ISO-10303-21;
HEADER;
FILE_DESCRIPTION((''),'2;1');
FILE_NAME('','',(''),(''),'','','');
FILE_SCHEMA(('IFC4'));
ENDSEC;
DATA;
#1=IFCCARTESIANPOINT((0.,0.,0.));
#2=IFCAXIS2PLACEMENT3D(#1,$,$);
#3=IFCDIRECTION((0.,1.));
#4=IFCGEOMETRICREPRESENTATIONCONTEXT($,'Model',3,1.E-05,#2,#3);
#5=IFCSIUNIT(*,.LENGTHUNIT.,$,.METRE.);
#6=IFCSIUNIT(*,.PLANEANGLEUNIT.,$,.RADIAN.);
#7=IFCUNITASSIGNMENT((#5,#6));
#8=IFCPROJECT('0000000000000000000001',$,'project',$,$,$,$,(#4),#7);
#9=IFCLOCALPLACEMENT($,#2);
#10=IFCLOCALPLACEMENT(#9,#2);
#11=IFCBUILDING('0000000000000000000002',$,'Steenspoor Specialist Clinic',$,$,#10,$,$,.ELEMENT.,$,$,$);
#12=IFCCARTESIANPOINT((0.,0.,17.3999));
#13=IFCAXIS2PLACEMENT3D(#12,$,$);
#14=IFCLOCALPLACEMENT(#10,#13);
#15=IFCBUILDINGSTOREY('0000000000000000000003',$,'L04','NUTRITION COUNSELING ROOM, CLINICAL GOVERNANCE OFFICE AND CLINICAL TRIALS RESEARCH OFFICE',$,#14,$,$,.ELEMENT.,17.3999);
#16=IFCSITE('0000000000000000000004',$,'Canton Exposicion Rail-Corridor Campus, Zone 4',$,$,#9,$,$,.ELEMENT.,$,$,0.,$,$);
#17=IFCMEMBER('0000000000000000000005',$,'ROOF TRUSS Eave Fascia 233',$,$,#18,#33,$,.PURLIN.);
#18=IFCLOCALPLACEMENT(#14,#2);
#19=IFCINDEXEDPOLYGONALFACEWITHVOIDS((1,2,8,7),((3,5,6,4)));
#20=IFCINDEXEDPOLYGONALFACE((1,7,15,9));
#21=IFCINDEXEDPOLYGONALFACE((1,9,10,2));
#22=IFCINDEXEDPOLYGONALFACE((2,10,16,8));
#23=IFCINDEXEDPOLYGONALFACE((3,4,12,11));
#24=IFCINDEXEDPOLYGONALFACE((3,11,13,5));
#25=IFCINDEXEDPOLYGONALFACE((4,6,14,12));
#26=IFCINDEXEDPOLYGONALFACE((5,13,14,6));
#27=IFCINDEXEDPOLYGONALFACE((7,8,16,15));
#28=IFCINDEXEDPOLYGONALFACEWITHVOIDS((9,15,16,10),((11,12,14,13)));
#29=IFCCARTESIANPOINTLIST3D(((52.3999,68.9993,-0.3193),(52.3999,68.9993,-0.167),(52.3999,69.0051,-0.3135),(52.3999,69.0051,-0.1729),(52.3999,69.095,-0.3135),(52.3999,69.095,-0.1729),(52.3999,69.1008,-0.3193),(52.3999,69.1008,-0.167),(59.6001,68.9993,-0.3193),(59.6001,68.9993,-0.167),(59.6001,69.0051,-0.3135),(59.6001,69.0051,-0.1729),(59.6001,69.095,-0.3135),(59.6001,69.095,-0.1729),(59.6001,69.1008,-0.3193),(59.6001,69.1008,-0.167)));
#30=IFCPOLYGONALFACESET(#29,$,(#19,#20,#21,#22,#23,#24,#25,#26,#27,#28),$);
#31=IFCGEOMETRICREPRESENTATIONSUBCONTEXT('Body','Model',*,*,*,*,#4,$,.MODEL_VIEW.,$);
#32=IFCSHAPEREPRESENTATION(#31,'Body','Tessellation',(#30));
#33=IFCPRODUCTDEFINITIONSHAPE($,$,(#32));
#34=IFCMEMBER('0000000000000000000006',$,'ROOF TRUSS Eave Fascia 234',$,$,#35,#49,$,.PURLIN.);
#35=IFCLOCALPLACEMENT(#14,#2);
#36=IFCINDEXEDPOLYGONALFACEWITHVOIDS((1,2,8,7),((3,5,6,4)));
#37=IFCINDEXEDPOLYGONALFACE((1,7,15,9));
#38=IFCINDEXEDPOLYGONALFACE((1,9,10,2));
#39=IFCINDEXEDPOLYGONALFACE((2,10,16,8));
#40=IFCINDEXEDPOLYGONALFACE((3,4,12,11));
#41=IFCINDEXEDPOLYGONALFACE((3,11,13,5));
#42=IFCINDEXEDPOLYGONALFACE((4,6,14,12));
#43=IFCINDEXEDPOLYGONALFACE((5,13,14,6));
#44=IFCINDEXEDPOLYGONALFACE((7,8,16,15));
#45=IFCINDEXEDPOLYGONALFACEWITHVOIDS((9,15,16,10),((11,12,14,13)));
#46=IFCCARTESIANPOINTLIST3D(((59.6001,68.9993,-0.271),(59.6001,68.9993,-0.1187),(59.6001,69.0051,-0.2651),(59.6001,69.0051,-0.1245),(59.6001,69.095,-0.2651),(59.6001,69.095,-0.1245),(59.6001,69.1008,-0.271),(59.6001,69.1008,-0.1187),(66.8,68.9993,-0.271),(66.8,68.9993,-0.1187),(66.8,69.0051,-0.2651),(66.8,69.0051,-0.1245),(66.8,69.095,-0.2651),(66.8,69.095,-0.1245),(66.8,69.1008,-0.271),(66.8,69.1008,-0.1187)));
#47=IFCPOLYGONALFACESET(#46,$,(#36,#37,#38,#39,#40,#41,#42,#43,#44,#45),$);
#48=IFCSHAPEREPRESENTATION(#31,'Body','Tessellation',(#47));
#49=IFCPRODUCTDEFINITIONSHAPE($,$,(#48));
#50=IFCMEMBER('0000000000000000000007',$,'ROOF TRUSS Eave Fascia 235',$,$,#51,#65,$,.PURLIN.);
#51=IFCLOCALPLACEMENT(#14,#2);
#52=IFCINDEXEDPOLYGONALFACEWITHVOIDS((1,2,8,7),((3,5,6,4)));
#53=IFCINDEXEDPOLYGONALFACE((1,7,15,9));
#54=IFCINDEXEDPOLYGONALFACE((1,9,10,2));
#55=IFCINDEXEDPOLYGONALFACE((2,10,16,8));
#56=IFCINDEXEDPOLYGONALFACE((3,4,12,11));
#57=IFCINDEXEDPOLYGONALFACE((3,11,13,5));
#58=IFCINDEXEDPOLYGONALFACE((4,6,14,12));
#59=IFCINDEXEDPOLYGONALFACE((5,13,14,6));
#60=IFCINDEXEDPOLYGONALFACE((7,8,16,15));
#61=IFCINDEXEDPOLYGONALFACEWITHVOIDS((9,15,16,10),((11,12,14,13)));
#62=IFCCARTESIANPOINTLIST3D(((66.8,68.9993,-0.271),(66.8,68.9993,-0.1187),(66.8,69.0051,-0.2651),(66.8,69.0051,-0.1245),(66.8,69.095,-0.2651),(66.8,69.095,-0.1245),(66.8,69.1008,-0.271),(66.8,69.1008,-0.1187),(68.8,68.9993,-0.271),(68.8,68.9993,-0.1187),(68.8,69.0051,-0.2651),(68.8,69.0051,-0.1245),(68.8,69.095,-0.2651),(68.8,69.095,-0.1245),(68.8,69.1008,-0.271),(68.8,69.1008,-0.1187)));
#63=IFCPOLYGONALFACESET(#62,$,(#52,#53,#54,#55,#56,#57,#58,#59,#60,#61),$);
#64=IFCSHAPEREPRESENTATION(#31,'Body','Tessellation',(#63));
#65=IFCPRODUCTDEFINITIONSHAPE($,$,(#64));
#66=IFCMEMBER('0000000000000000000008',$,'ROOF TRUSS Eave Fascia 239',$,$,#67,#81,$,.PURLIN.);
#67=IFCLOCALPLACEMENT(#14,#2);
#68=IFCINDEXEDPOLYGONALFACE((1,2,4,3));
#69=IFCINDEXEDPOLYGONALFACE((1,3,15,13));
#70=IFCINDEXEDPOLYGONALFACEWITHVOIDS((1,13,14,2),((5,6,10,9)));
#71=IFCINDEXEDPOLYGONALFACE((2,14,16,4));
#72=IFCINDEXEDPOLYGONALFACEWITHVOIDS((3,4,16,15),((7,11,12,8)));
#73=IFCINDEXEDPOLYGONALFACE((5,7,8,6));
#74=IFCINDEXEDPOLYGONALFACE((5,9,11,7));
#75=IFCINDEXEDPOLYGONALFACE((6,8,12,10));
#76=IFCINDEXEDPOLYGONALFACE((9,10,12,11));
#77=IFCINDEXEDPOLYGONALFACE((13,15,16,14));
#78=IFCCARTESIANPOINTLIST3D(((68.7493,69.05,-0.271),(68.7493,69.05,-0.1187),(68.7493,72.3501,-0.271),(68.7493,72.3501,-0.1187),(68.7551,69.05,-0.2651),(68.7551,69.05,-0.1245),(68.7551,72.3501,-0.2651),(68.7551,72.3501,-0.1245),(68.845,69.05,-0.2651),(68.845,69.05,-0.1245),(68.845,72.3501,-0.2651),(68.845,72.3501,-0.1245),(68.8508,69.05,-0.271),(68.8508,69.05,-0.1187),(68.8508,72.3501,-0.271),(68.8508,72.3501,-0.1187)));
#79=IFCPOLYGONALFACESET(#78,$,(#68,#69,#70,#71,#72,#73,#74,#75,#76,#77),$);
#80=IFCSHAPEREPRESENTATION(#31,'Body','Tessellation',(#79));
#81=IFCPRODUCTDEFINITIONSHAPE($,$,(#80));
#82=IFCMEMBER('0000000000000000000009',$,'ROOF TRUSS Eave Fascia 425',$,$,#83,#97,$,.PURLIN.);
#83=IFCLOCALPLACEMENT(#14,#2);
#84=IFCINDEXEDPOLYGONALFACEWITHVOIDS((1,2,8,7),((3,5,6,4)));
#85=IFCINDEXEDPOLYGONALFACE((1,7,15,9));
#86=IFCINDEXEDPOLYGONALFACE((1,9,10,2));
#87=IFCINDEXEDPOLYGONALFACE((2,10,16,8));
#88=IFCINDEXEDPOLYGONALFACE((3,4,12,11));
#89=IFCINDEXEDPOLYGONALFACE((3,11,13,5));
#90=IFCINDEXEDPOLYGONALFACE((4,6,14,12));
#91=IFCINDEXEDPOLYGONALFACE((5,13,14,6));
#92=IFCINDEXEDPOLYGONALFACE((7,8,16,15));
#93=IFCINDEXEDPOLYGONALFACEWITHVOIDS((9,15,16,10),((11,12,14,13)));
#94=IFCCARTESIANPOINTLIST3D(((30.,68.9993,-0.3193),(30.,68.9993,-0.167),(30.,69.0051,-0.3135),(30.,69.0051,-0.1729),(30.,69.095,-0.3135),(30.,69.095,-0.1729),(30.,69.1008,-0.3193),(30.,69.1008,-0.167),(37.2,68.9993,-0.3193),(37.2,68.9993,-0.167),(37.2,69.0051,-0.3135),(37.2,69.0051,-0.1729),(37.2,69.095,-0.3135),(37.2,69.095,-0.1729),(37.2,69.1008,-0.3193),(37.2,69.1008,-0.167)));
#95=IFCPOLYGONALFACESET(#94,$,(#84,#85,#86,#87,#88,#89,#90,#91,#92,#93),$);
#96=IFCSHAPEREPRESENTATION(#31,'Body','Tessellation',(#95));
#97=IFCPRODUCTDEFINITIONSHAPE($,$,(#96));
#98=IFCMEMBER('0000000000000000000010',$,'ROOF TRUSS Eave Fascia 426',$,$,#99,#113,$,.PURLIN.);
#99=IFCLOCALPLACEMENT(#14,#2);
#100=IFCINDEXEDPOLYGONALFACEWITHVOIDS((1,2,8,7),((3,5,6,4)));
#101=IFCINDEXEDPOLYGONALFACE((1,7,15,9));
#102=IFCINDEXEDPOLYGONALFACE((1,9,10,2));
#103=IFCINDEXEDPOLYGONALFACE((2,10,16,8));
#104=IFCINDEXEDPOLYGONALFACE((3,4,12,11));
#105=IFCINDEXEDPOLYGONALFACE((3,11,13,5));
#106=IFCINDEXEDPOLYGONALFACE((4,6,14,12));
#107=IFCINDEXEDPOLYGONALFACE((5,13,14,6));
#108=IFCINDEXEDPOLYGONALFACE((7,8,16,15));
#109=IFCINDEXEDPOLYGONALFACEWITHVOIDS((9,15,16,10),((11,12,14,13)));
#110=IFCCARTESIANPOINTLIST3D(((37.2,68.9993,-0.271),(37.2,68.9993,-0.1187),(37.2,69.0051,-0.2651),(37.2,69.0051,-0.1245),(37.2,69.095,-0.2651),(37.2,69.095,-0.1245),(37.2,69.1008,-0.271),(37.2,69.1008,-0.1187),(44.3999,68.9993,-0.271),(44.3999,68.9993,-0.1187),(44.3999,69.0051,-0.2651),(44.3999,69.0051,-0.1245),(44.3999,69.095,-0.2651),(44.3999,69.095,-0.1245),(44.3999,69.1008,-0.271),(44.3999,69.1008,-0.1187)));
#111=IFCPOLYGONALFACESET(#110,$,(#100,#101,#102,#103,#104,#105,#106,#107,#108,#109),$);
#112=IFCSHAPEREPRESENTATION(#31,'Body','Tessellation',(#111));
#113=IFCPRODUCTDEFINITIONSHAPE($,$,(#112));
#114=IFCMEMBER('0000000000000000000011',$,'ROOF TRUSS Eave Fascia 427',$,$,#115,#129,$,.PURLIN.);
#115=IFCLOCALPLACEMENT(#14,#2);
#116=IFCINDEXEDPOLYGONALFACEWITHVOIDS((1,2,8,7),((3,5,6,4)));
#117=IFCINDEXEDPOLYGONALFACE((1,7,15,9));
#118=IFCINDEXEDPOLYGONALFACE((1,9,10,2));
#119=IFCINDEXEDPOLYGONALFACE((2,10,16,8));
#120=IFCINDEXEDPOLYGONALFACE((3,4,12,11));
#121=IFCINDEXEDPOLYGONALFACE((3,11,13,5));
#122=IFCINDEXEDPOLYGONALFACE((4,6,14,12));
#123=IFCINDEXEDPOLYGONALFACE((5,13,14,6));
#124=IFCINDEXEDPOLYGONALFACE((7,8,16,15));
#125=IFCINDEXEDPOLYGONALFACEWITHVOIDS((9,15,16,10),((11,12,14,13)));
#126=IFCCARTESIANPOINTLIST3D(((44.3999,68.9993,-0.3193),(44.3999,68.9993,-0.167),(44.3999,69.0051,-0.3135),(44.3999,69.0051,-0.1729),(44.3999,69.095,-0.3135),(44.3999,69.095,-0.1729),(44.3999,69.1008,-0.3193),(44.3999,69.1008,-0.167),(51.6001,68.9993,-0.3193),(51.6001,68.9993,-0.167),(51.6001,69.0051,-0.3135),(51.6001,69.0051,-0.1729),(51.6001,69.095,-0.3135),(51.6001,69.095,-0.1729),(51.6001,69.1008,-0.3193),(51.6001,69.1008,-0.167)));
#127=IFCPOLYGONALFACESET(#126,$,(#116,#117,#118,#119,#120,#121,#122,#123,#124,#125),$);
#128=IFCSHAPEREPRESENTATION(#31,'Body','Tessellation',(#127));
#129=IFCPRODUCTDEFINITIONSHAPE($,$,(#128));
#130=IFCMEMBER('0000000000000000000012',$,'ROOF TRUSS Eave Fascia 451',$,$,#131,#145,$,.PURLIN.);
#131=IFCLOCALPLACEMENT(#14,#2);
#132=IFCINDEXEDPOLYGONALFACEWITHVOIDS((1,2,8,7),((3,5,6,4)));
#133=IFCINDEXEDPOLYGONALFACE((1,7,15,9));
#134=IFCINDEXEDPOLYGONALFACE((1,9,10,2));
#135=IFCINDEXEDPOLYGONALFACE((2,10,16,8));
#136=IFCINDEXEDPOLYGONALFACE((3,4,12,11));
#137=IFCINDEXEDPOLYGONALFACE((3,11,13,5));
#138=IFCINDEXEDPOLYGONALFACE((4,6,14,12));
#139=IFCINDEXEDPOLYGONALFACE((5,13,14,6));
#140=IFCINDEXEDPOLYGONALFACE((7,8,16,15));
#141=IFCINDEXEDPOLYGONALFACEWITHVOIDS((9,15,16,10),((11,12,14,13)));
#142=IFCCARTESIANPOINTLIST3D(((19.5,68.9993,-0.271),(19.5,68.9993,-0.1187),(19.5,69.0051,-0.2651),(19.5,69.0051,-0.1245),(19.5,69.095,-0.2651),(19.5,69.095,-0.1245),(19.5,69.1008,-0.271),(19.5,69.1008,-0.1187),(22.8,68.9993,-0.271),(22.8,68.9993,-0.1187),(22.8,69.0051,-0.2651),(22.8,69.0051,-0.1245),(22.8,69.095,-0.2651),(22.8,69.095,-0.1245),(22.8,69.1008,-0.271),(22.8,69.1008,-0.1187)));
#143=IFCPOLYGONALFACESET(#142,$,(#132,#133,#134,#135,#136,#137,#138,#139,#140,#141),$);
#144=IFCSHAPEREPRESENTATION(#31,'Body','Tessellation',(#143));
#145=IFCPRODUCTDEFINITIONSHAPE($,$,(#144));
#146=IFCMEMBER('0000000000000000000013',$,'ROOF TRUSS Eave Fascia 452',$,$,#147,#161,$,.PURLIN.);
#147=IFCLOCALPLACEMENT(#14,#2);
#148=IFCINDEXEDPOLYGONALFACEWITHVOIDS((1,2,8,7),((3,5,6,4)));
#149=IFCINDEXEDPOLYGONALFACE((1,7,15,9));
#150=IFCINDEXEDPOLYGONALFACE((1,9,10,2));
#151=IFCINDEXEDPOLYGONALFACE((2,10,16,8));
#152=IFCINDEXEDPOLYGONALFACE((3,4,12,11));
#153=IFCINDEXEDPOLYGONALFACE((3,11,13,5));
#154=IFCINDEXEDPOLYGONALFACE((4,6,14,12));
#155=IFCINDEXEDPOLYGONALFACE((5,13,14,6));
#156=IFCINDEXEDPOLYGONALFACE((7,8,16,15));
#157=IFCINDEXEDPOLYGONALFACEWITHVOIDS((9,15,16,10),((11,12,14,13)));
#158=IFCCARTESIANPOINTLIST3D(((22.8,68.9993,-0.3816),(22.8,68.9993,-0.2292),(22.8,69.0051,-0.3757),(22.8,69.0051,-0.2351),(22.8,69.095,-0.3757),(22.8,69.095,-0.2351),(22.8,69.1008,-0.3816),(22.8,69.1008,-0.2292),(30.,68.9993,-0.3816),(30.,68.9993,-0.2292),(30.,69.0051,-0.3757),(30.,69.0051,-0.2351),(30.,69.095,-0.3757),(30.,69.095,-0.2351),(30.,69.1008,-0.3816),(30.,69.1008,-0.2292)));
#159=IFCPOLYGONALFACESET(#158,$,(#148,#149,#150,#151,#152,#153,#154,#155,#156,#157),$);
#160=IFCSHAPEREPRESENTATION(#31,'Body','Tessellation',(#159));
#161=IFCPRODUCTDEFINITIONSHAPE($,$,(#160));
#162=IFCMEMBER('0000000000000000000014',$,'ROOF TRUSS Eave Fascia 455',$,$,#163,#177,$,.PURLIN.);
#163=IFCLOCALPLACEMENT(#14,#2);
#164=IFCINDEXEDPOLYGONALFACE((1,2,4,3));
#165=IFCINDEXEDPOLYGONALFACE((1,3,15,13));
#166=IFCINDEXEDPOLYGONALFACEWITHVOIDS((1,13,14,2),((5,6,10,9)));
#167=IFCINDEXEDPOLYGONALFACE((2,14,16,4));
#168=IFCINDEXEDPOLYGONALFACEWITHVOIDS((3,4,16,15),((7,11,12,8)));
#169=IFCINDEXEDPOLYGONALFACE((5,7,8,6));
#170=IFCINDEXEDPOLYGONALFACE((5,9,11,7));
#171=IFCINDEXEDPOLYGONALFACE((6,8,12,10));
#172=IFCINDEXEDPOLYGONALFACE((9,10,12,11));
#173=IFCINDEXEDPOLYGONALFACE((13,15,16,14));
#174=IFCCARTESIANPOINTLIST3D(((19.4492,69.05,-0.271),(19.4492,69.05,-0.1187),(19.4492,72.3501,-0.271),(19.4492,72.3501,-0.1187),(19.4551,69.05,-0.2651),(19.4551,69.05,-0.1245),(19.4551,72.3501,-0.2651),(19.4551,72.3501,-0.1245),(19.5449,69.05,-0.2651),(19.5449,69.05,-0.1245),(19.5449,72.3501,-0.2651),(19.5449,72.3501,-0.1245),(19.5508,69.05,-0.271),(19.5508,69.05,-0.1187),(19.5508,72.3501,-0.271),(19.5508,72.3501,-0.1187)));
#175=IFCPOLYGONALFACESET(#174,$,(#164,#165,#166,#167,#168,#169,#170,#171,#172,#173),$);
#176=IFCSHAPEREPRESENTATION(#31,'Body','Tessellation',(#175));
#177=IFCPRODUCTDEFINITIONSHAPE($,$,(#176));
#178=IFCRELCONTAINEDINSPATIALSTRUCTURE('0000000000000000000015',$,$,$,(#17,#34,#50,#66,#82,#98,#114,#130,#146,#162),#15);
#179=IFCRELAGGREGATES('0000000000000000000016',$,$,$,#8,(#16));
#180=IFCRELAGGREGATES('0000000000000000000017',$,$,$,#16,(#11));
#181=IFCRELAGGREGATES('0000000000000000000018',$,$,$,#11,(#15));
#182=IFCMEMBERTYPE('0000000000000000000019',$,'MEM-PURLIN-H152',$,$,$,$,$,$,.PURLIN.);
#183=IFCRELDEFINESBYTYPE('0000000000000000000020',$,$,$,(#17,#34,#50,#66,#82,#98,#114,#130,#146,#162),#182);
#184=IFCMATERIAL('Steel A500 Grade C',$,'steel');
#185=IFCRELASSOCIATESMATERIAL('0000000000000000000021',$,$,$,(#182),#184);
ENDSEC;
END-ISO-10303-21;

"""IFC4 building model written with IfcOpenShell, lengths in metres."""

from ifc_helpers import new_model, si_unit, direction, frame, origin, origin_2d, place, context, subcontext, project, spatial, hollow_rectangle, extrude, material, material_profile, profile_set, type_object, element, save


model = new_model("IFC4")

# Units and contexts
model_context = context("Model", 3, precision=1e-05, world=origin(), true_north=direction((0.0, 1.0)))
body_context = subcontext(model_context, "Body", "Model", "MODEL_VIEW")
ifc_project = project(units=[si_unit("LENGTHUNIT", "METRE"), si_unit("PLANEANGLEUNIT", "RADIAN")], contexts=[model_context])

# Site, building, storey
site_placement = place(None, origin())
site = spatial("IfcSite", under=ifc_project, at=site_placement, Name="Canton Exposicion Rail-Corridor Campus, Zone 4", CompositionType="ELEMENT", RefElevation=0.0)
building_placement = place(site_placement, origin())
building = spatial("IfcBuilding", under=site, at=building_placement, Name="Steenspoor Specialist Clinic", CompositionType="ELEMENT")
storey_placement = place(building_placement, frame((0.0, 0.0, 17.3999)))
storey = spatial("IfcBuildingStorey", under=building, at=storey_placement, Name="L04", Description="NUTRITION COUNSELING ROOM, CLINICAL GOVERNANCE OFFICE AND CLINICAL TRIALS RESEARCH OFFICE", CompositionType="ELEMENT", Elevation=17.3999)

# Members
ifc_material_1 = material(Name="Steel A500 Grade C", Category="steel")
ifc_material_profile = material_profile(ifc_material_1, hollow_rectangle(XDim=0.1016, YDim=0.1523, WallThickness=0.0059, at=origin_2d()), Name="HSS152X102X6.4")
ifc_profile_set = profile_set([ifc_material_profile], Name="Steel A500 Grade C")
member_type = type_object("IfcMemberType", Name="MEM-PURLIN-H152", PredefinedType="PURLIN", material=ifc_profile_set)
member_1_placement = place(storey_placement, frame((52.3999, 69.05, -0.2432), z_axis=(1.0, 0.0, 0.0), x_axis=(0.0, 1.0, 0.0)))
element("IfcMember", 1, at=member_1_placement, inside=storey, type_object=member_type, Name="ROOF TRUSS Eave Fascia 233", PredefinedType="PURLIN", context=body_context, shape_type="SweptSolid", body=[
    extrude(hollow_rectangle(XDim=0.1016, YDim=0.1523, WallThickness=0.0059, at=origin_2d()), origin(), (0.0, 0.0, 1.0), 7.2002),
])
member_2_placement = place(storey_placement, frame((59.6001, 69.05, -0.1948), z_axis=(1.0, 0.0, 0.0), x_axis=(0.0, 1.0, 0.0)))
element("IfcMember", 2, at=member_2_placement, inside=storey, type_object=member_type, Name="ROOF TRUSS Eave Fascia 234", PredefinedType="PURLIN", context=body_context, shape_type="SweptSolid", body=[
    extrude(hollow_rectangle(XDim=0.1016, YDim=0.1523, WallThickness=0.0059, at=origin_2d()), origin(), (0.0, 0.0, 1.0), 7.2),
])
member_3_placement = place(storey_placement, frame((66.8, 69.05, -0.1948), z_axis=(1.0, 0.0, 0.0), x_axis=(0.0, 1.0, 0.0)))
element("IfcMember", 3, at=member_3_placement, inside=storey, type_object=member_type, Name="ROOF TRUSS Eave Fascia 235", PredefinedType="PURLIN", context=body_context, shape_type="SweptSolid", body=[
    extrude(hollow_rectangle(XDim=0.1016, YDim=0.1523, WallThickness=0.0059, at=origin_2d()), origin(), (0.0, 0.0, 1.0), 2.0),
])
member_4_placement = place(storey_placement, frame((68.8, 69.05, -0.1948), z_axis=(0.0, 1.0, 0.0), x_axis=(-1.0, 0.0, 0.0)))
element("IfcMember", 4, at=member_4_placement, inside=storey, type_object=member_type, Name="ROOF TRUSS Eave Fascia 239", PredefinedType="PURLIN", context=body_context, shape_type="SweptSolid", body=[
    extrude(hollow_rectangle(XDim=0.1016, YDim=0.1523, WallThickness=0.0059, at=origin_2d()), origin(), (0.0, 0.0, 1.0), 3.3),
])
for number, where, z_axis, x_axis, name in (
    (5, (30.0, 69.05, -0.2432), (1.0, 0.0, 0.0), (0.0, 1.0, 0.0), "ROOF TRUSS Eave Fascia 425"),
    (6, (37.2, 69.05, -0.1948), (1.0, 0.0, 0.0), (0.0, 1.0, 0.0), "ROOF TRUSS Eave Fascia 426"),
):
    element("IfcMember", number, at=place(storey_placement, frame(where, z_axis=z_axis, x_axis=x_axis)), inside=storey, type_object=member_type, Name=name, PredefinedType="PURLIN", context=body_context, shape_type="SweptSolid", body=[
        extrude(hollow_rectangle(XDim=0.1016, YDim=0.1523, WallThickness=0.0059, at=origin_2d()), origin(), (0.0, 0.0, 1.0), 7.2),
    ])
member_5_placement = place(storey_placement, frame((44.3999, 69.05, -0.2432), z_axis=(1.0, 0.0, 0.0), x_axis=(0.0, 1.0, 0.0)))
element("IfcMember", 7, at=member_5_placement, inside=storey, type_object=member_type, Name="ROOF TRUSS Eave Fascia 427", PredefinedType="PURLIN", context=body_context, shape_type="SweptSolid", body=[
    extrude(hollow_rectangle(XDim=0.1016, YDim=0.1523, WallThickness=0.0059, at=origin_2d()), origin(), (0.0, 0.0, 1.0), 7.2002),
])
member_6_placement = place(storey_placement, frame((19.5, 69.05, -0.1948), z_axis=(1.0, 0.0, 0.0), x_axis=(0.0, 1.0, 0.0)))
element("IfcMember", 8, at=member_6_placement, inside=storey, type_object=member_type, Name="ROOF TRUSS Eave Fascia 451", PredefinedType="PURLIN", context=body_context, shape_type="SweptSolid", body=[
    extrude(hollow_rectangle(XDim=0.1016, YDim=0.1523, WallThickness=0.0059, at=origin_2d()), origin(), (0.0, 0.0, 1.0), 3.3),
])
member_7_placement = place(storey_placement, frame((22.8, 69.05, -0.3054), z_axis=(1.0, 0.0, 0.0), x_axis=(0.0, 1.0, 0.0)))
element("IfcMember", 9, at=member_7_placement, inside=storey, type_object=member_type, Name="ROOF TRUSS Eave Fascia 452", PredefinedType="PURLIN", context=body_context, shape_type="SweptSolid", body=[
    extrude(hollow_rectangle(XDim=0.1016, YDim=0.1523, WallThickness=0.0059, at=origin_2d()), origin(), (0.0, 0.0, 1.0), 7.2),
])
member_8_placement = place(storey_placement, frame((19.5, 69.05, -0.1948), z_axis=(0.0, 1.0, 0.0), x_axis=(-1.0, 0.0, 0.0)))
element("IfcMember", 10, at=member_8_placement, inside=storey, type_object=member_type, Name="ROOF TRUSS Eave Fascia 455", PredefinedType="PURLIN", context=body_context, shape_type="SweptSolid", body=[
    extrude(hollow_rectangle(XDim=0.1016, YDim=0.1523, WallThickness=0.0059, at=origin_2d()), origin(), (0.0, 0.0, 1.0), 3.3),
])

save(model, "model.ifc")
